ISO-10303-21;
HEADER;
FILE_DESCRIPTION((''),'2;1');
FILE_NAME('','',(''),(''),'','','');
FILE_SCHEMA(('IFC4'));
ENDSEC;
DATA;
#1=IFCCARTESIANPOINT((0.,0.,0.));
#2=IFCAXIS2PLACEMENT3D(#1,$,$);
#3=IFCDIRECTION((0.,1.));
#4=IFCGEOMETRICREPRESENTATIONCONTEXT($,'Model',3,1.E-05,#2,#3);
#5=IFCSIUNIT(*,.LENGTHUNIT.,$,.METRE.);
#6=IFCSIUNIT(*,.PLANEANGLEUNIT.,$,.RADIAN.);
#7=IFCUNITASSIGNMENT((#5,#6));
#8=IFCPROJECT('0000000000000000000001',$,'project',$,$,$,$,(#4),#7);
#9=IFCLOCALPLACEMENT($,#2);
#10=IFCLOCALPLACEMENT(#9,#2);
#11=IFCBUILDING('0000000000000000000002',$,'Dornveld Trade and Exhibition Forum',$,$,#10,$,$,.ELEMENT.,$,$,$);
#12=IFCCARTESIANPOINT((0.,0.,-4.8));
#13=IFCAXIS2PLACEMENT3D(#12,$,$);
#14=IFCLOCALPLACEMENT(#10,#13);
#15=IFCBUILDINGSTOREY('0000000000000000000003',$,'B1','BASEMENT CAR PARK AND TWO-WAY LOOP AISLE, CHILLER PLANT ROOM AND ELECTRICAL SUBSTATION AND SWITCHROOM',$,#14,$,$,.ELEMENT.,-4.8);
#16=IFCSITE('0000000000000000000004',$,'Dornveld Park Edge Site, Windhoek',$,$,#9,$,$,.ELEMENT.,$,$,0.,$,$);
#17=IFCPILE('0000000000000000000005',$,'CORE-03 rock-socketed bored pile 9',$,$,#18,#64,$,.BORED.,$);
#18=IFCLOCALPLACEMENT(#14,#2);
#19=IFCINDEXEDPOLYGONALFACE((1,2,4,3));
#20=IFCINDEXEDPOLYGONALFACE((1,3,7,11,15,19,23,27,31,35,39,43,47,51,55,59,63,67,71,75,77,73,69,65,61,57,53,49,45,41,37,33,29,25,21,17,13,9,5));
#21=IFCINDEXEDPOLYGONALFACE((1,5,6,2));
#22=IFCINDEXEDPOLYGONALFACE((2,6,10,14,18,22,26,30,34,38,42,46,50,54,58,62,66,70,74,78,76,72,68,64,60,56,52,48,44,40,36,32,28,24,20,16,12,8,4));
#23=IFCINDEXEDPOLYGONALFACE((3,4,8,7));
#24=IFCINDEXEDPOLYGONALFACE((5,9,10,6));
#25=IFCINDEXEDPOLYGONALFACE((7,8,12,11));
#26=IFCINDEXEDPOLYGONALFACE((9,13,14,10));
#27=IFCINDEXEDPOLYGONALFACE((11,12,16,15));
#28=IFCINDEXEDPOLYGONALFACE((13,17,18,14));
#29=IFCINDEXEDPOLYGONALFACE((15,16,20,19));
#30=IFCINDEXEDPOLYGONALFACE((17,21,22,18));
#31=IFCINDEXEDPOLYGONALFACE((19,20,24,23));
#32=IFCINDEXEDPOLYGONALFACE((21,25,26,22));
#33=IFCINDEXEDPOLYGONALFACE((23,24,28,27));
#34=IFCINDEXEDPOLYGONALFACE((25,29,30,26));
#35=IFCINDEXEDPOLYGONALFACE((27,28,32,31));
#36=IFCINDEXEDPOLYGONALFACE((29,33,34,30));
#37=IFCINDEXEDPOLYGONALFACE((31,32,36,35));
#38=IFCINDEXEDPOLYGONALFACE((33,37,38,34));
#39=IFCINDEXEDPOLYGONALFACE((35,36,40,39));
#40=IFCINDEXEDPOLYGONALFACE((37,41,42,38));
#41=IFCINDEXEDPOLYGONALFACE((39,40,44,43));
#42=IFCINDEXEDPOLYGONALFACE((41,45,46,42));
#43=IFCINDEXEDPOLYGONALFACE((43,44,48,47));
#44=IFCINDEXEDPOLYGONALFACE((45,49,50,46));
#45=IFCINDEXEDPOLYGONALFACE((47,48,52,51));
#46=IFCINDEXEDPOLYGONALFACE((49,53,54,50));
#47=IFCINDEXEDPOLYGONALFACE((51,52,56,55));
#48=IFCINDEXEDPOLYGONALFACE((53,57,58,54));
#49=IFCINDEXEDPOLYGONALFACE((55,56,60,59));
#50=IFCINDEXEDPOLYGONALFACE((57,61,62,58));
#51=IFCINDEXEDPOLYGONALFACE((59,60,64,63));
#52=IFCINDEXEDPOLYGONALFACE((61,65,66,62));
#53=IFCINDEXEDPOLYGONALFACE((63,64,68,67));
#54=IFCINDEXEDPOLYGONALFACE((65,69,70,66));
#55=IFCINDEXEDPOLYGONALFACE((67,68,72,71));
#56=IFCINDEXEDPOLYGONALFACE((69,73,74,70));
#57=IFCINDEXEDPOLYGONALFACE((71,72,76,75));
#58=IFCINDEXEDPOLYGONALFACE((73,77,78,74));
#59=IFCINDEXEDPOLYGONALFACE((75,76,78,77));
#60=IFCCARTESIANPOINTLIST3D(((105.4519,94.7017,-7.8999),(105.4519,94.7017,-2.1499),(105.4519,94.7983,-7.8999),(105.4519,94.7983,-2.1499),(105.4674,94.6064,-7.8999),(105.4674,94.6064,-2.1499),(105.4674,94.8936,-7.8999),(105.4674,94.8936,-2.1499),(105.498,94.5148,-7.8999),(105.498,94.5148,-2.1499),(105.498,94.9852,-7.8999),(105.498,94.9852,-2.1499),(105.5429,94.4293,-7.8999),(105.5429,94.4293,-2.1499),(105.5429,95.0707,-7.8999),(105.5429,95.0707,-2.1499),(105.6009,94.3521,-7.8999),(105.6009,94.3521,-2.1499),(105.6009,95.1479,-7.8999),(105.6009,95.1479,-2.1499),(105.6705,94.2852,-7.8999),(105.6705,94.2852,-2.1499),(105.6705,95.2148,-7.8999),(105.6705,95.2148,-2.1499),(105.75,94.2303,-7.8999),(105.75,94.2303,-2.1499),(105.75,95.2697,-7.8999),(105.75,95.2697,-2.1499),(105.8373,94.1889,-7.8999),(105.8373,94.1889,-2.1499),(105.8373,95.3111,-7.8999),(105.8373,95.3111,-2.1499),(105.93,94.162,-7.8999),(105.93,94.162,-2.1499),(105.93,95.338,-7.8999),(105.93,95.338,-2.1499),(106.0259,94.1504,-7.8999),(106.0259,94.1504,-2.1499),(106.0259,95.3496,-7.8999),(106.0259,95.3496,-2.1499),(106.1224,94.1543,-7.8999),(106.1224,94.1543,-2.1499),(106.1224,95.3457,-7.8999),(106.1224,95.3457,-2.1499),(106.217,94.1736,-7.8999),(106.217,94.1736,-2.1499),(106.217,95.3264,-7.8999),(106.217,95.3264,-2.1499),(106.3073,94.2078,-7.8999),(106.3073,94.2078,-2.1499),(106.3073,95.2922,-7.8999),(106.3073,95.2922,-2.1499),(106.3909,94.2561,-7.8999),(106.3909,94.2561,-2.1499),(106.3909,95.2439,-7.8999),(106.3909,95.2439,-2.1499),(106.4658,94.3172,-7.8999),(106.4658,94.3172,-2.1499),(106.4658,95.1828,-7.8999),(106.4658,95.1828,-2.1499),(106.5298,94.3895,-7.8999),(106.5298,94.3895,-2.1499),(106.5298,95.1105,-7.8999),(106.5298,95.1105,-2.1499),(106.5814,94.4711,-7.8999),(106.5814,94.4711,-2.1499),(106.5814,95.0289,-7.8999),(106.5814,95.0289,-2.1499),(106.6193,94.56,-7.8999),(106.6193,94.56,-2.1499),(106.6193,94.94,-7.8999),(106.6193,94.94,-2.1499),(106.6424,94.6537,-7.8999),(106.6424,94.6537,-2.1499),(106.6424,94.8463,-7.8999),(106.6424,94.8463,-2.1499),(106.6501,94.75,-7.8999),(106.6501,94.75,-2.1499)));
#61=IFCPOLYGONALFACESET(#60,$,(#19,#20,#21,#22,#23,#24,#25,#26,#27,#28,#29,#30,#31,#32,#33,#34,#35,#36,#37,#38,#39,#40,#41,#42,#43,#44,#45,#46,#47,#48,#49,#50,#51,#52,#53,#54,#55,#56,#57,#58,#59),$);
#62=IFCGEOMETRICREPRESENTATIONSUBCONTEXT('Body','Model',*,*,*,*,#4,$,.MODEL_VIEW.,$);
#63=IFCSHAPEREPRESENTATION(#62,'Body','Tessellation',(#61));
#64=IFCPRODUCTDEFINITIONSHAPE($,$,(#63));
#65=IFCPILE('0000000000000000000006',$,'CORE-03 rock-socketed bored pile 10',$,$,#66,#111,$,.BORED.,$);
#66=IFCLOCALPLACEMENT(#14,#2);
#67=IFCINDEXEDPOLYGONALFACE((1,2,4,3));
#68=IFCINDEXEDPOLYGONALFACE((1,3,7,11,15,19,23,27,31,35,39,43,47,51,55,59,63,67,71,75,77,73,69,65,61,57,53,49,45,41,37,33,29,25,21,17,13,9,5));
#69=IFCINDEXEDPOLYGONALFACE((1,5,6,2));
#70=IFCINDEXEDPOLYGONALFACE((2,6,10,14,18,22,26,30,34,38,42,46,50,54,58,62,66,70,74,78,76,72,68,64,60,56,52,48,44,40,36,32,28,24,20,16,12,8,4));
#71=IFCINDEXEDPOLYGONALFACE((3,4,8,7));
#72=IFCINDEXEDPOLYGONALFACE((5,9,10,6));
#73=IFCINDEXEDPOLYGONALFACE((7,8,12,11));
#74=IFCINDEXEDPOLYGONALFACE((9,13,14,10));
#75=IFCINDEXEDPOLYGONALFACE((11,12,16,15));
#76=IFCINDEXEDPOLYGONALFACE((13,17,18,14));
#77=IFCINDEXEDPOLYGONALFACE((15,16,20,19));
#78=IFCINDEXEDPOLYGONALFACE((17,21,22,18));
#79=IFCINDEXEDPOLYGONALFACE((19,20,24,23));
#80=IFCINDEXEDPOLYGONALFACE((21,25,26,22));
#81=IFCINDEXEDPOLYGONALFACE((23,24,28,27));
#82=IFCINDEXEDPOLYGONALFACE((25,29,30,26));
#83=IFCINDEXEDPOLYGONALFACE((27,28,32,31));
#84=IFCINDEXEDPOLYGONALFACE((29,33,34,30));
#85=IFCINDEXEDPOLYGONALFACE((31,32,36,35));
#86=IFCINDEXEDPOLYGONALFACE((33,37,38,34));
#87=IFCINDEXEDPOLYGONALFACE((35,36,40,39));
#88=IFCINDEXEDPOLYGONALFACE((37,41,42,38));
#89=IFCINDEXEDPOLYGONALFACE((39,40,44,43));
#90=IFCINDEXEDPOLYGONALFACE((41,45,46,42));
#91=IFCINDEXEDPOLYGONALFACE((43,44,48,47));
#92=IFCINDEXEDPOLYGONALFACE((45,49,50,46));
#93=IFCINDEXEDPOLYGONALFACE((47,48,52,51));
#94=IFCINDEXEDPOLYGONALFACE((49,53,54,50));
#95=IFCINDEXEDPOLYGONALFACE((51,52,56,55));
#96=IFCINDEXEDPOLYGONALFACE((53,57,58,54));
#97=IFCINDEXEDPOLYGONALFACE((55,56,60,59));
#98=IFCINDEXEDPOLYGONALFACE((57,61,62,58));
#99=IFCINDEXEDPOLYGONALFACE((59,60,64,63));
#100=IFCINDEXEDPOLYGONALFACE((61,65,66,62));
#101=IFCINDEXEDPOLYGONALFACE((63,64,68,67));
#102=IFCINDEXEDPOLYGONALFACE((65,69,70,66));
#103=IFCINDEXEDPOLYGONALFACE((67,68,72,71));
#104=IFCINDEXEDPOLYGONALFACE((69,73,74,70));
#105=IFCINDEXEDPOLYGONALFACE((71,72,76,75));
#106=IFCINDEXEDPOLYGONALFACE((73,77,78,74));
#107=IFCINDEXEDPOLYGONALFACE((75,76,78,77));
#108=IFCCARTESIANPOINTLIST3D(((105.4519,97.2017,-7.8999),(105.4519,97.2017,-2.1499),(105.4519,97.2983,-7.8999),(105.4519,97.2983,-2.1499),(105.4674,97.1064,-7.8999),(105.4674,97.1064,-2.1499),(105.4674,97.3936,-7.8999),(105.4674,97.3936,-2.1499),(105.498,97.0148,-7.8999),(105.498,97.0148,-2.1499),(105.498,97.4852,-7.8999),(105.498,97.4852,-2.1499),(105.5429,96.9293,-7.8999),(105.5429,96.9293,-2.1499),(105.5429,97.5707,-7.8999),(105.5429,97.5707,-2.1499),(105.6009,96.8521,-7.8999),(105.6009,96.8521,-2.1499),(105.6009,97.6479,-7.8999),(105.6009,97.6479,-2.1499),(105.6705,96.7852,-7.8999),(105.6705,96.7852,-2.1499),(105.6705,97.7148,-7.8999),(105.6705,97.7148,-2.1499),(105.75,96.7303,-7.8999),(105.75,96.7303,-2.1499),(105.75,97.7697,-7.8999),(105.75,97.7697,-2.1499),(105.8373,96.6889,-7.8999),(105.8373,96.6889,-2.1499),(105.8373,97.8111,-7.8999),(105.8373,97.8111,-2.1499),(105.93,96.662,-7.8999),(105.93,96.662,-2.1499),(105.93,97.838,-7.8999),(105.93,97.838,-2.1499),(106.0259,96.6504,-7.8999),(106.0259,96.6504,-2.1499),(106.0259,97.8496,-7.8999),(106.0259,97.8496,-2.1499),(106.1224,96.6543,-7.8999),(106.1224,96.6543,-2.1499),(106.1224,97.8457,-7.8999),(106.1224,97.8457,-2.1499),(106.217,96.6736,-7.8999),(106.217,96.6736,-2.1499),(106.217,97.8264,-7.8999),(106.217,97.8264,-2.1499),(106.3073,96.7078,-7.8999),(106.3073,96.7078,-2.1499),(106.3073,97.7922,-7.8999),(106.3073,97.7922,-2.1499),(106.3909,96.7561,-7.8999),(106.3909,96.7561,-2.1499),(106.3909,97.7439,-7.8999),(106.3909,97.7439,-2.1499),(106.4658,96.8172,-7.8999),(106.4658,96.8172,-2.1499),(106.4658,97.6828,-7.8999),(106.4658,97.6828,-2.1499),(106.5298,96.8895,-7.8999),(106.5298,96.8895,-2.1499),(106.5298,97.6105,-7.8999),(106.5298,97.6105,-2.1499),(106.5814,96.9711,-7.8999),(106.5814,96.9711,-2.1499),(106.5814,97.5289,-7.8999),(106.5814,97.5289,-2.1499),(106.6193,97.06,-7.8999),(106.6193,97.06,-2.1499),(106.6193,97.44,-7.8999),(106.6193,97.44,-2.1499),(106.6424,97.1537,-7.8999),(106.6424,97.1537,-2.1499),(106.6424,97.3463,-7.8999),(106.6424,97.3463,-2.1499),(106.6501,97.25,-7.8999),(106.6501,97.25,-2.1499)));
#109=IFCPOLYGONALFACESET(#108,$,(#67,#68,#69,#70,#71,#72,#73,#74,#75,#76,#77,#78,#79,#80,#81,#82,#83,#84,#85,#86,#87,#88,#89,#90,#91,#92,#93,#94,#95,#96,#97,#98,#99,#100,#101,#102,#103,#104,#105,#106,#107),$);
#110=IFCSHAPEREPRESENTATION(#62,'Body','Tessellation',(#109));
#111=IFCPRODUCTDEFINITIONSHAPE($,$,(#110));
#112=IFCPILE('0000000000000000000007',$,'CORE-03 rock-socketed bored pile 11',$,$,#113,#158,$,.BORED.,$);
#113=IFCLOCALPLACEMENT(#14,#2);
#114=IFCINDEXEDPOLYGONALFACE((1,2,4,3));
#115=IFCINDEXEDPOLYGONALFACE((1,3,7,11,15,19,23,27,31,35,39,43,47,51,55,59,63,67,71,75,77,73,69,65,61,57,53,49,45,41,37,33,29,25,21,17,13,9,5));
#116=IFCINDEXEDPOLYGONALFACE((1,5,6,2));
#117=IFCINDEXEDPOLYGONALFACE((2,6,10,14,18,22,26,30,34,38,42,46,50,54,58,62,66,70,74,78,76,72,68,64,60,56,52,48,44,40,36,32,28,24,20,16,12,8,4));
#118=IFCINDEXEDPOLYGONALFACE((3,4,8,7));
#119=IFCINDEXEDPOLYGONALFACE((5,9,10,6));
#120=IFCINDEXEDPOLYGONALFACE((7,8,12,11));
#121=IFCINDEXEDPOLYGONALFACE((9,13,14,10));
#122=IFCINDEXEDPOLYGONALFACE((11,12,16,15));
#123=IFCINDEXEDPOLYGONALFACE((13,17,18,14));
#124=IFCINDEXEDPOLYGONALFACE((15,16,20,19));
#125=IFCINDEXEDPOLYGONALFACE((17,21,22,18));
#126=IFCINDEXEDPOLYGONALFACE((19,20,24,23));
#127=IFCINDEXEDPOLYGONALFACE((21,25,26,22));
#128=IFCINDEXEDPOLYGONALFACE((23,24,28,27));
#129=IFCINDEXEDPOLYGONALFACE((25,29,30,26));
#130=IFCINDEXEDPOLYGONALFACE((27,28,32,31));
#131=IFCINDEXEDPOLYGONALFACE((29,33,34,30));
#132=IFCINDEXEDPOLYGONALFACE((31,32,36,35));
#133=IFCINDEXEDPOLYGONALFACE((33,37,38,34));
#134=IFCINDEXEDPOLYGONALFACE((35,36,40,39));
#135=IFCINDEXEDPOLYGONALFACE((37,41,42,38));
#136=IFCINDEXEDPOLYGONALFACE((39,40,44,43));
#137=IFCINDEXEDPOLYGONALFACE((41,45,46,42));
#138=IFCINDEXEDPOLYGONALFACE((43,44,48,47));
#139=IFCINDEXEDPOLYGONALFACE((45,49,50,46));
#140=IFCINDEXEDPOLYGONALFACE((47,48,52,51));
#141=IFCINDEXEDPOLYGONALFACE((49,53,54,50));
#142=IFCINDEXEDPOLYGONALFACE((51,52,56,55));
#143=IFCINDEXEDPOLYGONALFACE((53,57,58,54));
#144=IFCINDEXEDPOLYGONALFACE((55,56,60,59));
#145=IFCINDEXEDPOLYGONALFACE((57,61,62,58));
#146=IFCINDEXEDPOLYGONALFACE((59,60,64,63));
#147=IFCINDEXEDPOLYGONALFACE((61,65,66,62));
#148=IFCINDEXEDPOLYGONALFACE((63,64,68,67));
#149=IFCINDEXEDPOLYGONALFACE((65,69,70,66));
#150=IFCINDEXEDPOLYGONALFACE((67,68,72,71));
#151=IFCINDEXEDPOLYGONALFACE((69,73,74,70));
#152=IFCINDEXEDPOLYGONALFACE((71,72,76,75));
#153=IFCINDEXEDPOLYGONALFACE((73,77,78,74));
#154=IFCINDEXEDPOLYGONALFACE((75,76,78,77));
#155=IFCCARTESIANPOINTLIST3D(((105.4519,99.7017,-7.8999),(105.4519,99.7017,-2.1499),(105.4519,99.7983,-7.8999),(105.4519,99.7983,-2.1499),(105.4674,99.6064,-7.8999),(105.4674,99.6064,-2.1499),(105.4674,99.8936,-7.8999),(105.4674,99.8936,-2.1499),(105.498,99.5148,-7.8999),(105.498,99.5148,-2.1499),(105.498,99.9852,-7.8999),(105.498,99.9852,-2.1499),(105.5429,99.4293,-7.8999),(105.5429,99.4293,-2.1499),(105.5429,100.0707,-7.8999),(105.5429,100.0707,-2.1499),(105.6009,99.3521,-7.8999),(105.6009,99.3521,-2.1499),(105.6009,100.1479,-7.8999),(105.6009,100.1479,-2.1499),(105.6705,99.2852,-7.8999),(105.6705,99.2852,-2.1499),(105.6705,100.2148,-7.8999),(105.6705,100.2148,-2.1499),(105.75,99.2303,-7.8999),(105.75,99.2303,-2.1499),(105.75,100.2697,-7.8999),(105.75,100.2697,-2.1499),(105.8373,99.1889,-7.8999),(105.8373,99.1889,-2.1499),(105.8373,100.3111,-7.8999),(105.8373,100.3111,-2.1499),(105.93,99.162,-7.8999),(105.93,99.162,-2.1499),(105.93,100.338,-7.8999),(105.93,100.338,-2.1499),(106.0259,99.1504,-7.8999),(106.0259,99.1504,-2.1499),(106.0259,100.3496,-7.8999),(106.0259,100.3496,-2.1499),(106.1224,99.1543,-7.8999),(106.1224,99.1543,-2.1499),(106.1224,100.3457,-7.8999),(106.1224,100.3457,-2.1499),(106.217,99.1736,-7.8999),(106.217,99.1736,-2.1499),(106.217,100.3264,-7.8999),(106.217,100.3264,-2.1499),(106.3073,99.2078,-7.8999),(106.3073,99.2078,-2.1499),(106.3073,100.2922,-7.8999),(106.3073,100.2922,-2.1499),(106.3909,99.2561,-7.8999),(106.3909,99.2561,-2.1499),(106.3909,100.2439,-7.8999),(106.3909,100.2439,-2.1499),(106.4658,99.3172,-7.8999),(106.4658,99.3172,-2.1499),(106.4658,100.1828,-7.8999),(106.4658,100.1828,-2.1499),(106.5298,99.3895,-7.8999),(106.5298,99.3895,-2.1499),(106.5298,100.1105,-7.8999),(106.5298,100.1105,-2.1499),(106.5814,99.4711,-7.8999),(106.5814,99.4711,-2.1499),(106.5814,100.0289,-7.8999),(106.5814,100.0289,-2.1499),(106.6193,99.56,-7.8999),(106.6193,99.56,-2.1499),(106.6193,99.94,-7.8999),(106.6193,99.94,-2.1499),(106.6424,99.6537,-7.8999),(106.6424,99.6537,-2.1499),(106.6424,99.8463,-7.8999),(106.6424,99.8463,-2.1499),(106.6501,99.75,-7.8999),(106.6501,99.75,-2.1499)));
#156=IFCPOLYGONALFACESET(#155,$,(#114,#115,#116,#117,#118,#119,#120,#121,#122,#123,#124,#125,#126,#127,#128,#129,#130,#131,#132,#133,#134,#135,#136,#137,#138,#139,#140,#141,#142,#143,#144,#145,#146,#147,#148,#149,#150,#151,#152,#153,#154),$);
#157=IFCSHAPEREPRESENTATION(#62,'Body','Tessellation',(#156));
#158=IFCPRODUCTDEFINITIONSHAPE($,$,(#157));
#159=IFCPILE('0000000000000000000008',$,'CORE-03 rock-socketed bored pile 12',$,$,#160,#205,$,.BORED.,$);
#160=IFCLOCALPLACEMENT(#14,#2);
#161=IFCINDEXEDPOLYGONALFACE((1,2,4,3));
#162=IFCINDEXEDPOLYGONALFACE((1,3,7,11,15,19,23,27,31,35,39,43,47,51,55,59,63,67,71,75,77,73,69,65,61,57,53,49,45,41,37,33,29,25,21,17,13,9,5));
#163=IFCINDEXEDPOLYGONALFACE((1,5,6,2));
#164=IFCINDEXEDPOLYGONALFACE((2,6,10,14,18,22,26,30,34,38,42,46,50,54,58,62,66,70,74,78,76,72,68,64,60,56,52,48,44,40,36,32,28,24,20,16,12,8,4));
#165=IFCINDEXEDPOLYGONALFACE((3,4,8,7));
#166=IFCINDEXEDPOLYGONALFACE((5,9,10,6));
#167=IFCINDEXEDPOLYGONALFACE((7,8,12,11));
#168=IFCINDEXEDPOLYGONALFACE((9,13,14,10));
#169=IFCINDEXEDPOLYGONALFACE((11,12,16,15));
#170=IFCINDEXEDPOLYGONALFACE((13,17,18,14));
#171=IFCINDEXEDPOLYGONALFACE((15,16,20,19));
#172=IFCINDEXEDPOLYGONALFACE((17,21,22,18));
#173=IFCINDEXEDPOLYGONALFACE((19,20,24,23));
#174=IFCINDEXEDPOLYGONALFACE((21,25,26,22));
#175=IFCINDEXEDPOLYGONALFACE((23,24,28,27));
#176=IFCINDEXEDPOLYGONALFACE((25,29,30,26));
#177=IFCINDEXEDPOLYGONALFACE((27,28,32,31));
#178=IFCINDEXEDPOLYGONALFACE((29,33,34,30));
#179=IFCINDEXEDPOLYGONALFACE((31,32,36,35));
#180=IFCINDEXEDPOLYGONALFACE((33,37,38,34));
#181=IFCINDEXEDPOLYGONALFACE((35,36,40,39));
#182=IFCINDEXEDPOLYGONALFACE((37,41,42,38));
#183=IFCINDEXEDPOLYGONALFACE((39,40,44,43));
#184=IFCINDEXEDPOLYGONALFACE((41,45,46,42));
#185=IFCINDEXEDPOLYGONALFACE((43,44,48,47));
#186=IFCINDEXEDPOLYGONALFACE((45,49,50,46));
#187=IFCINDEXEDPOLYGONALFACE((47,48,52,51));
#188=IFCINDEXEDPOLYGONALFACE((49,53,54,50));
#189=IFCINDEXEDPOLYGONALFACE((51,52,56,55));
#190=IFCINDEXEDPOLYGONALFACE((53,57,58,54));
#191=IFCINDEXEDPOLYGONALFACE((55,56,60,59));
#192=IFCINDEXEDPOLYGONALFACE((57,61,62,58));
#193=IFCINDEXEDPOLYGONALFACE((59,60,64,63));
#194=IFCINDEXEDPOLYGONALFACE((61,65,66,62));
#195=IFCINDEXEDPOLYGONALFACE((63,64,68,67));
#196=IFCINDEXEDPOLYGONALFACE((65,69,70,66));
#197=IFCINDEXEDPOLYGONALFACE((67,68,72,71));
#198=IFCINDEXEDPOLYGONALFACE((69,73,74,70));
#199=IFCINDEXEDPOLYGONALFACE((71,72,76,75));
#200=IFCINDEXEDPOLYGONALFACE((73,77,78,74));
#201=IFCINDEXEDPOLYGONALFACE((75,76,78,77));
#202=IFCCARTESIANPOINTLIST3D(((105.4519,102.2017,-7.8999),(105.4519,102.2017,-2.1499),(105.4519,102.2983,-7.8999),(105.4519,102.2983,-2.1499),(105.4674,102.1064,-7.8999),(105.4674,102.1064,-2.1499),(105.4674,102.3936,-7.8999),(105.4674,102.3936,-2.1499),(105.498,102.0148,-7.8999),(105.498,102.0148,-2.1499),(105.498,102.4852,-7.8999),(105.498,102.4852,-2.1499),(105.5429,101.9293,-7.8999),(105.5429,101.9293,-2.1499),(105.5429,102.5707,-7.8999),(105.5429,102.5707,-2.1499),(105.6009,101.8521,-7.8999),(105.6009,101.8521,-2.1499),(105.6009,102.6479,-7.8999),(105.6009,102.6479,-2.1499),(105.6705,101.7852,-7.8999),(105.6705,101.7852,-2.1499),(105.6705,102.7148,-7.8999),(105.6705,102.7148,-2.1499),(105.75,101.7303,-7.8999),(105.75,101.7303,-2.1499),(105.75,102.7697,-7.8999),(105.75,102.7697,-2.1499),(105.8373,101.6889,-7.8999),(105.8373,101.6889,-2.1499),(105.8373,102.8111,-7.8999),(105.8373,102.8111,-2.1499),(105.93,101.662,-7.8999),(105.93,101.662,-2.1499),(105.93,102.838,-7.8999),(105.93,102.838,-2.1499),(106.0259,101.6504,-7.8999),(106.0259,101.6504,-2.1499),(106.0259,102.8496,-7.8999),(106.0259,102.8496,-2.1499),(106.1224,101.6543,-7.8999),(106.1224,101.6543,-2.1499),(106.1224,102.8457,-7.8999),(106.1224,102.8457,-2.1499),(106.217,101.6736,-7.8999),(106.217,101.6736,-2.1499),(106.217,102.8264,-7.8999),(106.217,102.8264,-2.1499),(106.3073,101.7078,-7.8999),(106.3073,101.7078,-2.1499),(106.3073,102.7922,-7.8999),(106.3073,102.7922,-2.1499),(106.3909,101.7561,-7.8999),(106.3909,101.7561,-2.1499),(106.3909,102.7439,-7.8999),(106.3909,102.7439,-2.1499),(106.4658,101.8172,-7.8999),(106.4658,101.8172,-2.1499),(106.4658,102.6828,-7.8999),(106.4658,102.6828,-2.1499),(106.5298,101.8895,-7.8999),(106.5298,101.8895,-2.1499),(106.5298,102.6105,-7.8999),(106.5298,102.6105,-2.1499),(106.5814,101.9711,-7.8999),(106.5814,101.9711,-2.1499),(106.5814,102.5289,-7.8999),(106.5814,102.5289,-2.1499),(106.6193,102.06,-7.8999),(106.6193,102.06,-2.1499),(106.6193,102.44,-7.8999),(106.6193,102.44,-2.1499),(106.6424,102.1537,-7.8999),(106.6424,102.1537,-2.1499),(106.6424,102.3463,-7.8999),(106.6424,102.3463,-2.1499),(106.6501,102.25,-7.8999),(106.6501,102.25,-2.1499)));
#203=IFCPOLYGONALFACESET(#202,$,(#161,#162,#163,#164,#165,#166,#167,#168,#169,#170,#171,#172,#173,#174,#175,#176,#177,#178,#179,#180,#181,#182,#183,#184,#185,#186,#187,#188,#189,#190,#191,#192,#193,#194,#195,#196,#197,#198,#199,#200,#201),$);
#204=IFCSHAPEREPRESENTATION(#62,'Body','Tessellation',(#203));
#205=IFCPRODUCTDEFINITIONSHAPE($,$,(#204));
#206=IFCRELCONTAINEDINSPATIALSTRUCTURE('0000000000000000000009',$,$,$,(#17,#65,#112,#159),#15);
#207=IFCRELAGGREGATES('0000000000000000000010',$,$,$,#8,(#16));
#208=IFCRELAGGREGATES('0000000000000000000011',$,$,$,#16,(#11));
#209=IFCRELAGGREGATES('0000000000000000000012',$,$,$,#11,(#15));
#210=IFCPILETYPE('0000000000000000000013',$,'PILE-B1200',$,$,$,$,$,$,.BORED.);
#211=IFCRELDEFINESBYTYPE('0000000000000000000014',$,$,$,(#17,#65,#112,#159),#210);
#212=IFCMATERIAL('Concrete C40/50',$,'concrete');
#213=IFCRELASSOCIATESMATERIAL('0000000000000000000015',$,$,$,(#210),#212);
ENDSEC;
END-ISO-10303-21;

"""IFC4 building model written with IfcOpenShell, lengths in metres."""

from ifc_helpers import new_model, si_unit, direction, frame, origin, origin_2d, place, context, subcontext, project, spatial, circle, extrude, material, material_profile, profile_set, type_object, element, save


model = new_model("IFC4")

# Units and contexts
model_context = context("Model", 3, precision=1e-05, world=origin(), true_north=direction((0.0, 1.0)))
body_context = subcontext(model_context, "Body", "Model", "MODEL_VIEW")
ifc_project = project(units=[si_unit("LENGTHUNIT", "METRE"), si_unit("PLANEANGLEUNIT", "RADIAN")], contexts=[model_context])

# Site, building, storey
site_placement = place(None, origin())
site = spatial("IfcSite", under=ifc_project, at=site_placement, Name="Dornveld Park Edge Site, Windhoek", CompositionType="ELEMENT", RefElevation=0.0)
building_placement = place(site_placement, origin())
building = spatial("IfcBuilding", under=site, at=building_placement, Name="Dornveld Trade and Exhibition Forum", CompositionType="ELEMENT")
storey_placement = place(building_placement, frame((0.0, 0.0, -4.8)))
storey = spatial("IfcBuildingStorey", under=building, at=storey_placement, Name="B1", Description="BASEMENT CAR PARK AND TWO-WAY LOOP AISLE, CHILLER PLANT ROOM AND ELECTRICAL SUBSTATION AND SWITCHROOM", CompositionType="ELEMENT", Elevation=-4.8)

# Piles
ifc_material_1 = material(Name="Concrete C40/50", Category="concrete")
ifc_material_profile_1 = material_profile(ifc_material_1, circle(Radius=0.6001, at=origin_2d()), Name="PILE D1200")
ifc_profile_set_1 = profile_set([ifc_material_profile_1], Name="Concrete C40/50")
pile_type = type_object("IfcPileType", Name="PILE-B1200", PredefinedType="BORED", material=ifc_profile_set_1)
for number, where, z_axis, x_axis, name in (
    (1, (106.05, 94.75, -2.1499), (0.0, 0.0, -1.0), (1.0, 0.0, 0.0), "CORE-03 rock-socketed bored pile 9"),
    (2, (106.05, 97.25, -2.1499), (0.0, 0.0, -1.0), (1.0, 0.0, 0.0), "CORE-03 rock-socketed bored pile 10"),
    (3, (106.05, 99.75, -2.1499), (0.0, 0.0, -1.0), (1.0, 0.0, 0.0), "CORE-03 rock-socketed bored pile 11"),
    (4, (106.05, 102.25, -2.1499), (0.0, 0.0, -1.0), (1.0, 0.0, 0.0), "CORE-03 rock-socketed bored pile 12"),
):
    element("IfcPile", number, at=place(storey_placement, frame(where, z_axis=z_axis, x_axis=x_axis)), inside=storey, type_object=pile_type, Name=name, PredefinedType="BORED", context=body_context, shape_type="SweptSolid", body=[
        extrude(circle(Radius=0.6001, at=origin_2d()), origin(), (0.0, 0.0, 1.0), 5.75),
    ])

save(model, "model.ifc")
